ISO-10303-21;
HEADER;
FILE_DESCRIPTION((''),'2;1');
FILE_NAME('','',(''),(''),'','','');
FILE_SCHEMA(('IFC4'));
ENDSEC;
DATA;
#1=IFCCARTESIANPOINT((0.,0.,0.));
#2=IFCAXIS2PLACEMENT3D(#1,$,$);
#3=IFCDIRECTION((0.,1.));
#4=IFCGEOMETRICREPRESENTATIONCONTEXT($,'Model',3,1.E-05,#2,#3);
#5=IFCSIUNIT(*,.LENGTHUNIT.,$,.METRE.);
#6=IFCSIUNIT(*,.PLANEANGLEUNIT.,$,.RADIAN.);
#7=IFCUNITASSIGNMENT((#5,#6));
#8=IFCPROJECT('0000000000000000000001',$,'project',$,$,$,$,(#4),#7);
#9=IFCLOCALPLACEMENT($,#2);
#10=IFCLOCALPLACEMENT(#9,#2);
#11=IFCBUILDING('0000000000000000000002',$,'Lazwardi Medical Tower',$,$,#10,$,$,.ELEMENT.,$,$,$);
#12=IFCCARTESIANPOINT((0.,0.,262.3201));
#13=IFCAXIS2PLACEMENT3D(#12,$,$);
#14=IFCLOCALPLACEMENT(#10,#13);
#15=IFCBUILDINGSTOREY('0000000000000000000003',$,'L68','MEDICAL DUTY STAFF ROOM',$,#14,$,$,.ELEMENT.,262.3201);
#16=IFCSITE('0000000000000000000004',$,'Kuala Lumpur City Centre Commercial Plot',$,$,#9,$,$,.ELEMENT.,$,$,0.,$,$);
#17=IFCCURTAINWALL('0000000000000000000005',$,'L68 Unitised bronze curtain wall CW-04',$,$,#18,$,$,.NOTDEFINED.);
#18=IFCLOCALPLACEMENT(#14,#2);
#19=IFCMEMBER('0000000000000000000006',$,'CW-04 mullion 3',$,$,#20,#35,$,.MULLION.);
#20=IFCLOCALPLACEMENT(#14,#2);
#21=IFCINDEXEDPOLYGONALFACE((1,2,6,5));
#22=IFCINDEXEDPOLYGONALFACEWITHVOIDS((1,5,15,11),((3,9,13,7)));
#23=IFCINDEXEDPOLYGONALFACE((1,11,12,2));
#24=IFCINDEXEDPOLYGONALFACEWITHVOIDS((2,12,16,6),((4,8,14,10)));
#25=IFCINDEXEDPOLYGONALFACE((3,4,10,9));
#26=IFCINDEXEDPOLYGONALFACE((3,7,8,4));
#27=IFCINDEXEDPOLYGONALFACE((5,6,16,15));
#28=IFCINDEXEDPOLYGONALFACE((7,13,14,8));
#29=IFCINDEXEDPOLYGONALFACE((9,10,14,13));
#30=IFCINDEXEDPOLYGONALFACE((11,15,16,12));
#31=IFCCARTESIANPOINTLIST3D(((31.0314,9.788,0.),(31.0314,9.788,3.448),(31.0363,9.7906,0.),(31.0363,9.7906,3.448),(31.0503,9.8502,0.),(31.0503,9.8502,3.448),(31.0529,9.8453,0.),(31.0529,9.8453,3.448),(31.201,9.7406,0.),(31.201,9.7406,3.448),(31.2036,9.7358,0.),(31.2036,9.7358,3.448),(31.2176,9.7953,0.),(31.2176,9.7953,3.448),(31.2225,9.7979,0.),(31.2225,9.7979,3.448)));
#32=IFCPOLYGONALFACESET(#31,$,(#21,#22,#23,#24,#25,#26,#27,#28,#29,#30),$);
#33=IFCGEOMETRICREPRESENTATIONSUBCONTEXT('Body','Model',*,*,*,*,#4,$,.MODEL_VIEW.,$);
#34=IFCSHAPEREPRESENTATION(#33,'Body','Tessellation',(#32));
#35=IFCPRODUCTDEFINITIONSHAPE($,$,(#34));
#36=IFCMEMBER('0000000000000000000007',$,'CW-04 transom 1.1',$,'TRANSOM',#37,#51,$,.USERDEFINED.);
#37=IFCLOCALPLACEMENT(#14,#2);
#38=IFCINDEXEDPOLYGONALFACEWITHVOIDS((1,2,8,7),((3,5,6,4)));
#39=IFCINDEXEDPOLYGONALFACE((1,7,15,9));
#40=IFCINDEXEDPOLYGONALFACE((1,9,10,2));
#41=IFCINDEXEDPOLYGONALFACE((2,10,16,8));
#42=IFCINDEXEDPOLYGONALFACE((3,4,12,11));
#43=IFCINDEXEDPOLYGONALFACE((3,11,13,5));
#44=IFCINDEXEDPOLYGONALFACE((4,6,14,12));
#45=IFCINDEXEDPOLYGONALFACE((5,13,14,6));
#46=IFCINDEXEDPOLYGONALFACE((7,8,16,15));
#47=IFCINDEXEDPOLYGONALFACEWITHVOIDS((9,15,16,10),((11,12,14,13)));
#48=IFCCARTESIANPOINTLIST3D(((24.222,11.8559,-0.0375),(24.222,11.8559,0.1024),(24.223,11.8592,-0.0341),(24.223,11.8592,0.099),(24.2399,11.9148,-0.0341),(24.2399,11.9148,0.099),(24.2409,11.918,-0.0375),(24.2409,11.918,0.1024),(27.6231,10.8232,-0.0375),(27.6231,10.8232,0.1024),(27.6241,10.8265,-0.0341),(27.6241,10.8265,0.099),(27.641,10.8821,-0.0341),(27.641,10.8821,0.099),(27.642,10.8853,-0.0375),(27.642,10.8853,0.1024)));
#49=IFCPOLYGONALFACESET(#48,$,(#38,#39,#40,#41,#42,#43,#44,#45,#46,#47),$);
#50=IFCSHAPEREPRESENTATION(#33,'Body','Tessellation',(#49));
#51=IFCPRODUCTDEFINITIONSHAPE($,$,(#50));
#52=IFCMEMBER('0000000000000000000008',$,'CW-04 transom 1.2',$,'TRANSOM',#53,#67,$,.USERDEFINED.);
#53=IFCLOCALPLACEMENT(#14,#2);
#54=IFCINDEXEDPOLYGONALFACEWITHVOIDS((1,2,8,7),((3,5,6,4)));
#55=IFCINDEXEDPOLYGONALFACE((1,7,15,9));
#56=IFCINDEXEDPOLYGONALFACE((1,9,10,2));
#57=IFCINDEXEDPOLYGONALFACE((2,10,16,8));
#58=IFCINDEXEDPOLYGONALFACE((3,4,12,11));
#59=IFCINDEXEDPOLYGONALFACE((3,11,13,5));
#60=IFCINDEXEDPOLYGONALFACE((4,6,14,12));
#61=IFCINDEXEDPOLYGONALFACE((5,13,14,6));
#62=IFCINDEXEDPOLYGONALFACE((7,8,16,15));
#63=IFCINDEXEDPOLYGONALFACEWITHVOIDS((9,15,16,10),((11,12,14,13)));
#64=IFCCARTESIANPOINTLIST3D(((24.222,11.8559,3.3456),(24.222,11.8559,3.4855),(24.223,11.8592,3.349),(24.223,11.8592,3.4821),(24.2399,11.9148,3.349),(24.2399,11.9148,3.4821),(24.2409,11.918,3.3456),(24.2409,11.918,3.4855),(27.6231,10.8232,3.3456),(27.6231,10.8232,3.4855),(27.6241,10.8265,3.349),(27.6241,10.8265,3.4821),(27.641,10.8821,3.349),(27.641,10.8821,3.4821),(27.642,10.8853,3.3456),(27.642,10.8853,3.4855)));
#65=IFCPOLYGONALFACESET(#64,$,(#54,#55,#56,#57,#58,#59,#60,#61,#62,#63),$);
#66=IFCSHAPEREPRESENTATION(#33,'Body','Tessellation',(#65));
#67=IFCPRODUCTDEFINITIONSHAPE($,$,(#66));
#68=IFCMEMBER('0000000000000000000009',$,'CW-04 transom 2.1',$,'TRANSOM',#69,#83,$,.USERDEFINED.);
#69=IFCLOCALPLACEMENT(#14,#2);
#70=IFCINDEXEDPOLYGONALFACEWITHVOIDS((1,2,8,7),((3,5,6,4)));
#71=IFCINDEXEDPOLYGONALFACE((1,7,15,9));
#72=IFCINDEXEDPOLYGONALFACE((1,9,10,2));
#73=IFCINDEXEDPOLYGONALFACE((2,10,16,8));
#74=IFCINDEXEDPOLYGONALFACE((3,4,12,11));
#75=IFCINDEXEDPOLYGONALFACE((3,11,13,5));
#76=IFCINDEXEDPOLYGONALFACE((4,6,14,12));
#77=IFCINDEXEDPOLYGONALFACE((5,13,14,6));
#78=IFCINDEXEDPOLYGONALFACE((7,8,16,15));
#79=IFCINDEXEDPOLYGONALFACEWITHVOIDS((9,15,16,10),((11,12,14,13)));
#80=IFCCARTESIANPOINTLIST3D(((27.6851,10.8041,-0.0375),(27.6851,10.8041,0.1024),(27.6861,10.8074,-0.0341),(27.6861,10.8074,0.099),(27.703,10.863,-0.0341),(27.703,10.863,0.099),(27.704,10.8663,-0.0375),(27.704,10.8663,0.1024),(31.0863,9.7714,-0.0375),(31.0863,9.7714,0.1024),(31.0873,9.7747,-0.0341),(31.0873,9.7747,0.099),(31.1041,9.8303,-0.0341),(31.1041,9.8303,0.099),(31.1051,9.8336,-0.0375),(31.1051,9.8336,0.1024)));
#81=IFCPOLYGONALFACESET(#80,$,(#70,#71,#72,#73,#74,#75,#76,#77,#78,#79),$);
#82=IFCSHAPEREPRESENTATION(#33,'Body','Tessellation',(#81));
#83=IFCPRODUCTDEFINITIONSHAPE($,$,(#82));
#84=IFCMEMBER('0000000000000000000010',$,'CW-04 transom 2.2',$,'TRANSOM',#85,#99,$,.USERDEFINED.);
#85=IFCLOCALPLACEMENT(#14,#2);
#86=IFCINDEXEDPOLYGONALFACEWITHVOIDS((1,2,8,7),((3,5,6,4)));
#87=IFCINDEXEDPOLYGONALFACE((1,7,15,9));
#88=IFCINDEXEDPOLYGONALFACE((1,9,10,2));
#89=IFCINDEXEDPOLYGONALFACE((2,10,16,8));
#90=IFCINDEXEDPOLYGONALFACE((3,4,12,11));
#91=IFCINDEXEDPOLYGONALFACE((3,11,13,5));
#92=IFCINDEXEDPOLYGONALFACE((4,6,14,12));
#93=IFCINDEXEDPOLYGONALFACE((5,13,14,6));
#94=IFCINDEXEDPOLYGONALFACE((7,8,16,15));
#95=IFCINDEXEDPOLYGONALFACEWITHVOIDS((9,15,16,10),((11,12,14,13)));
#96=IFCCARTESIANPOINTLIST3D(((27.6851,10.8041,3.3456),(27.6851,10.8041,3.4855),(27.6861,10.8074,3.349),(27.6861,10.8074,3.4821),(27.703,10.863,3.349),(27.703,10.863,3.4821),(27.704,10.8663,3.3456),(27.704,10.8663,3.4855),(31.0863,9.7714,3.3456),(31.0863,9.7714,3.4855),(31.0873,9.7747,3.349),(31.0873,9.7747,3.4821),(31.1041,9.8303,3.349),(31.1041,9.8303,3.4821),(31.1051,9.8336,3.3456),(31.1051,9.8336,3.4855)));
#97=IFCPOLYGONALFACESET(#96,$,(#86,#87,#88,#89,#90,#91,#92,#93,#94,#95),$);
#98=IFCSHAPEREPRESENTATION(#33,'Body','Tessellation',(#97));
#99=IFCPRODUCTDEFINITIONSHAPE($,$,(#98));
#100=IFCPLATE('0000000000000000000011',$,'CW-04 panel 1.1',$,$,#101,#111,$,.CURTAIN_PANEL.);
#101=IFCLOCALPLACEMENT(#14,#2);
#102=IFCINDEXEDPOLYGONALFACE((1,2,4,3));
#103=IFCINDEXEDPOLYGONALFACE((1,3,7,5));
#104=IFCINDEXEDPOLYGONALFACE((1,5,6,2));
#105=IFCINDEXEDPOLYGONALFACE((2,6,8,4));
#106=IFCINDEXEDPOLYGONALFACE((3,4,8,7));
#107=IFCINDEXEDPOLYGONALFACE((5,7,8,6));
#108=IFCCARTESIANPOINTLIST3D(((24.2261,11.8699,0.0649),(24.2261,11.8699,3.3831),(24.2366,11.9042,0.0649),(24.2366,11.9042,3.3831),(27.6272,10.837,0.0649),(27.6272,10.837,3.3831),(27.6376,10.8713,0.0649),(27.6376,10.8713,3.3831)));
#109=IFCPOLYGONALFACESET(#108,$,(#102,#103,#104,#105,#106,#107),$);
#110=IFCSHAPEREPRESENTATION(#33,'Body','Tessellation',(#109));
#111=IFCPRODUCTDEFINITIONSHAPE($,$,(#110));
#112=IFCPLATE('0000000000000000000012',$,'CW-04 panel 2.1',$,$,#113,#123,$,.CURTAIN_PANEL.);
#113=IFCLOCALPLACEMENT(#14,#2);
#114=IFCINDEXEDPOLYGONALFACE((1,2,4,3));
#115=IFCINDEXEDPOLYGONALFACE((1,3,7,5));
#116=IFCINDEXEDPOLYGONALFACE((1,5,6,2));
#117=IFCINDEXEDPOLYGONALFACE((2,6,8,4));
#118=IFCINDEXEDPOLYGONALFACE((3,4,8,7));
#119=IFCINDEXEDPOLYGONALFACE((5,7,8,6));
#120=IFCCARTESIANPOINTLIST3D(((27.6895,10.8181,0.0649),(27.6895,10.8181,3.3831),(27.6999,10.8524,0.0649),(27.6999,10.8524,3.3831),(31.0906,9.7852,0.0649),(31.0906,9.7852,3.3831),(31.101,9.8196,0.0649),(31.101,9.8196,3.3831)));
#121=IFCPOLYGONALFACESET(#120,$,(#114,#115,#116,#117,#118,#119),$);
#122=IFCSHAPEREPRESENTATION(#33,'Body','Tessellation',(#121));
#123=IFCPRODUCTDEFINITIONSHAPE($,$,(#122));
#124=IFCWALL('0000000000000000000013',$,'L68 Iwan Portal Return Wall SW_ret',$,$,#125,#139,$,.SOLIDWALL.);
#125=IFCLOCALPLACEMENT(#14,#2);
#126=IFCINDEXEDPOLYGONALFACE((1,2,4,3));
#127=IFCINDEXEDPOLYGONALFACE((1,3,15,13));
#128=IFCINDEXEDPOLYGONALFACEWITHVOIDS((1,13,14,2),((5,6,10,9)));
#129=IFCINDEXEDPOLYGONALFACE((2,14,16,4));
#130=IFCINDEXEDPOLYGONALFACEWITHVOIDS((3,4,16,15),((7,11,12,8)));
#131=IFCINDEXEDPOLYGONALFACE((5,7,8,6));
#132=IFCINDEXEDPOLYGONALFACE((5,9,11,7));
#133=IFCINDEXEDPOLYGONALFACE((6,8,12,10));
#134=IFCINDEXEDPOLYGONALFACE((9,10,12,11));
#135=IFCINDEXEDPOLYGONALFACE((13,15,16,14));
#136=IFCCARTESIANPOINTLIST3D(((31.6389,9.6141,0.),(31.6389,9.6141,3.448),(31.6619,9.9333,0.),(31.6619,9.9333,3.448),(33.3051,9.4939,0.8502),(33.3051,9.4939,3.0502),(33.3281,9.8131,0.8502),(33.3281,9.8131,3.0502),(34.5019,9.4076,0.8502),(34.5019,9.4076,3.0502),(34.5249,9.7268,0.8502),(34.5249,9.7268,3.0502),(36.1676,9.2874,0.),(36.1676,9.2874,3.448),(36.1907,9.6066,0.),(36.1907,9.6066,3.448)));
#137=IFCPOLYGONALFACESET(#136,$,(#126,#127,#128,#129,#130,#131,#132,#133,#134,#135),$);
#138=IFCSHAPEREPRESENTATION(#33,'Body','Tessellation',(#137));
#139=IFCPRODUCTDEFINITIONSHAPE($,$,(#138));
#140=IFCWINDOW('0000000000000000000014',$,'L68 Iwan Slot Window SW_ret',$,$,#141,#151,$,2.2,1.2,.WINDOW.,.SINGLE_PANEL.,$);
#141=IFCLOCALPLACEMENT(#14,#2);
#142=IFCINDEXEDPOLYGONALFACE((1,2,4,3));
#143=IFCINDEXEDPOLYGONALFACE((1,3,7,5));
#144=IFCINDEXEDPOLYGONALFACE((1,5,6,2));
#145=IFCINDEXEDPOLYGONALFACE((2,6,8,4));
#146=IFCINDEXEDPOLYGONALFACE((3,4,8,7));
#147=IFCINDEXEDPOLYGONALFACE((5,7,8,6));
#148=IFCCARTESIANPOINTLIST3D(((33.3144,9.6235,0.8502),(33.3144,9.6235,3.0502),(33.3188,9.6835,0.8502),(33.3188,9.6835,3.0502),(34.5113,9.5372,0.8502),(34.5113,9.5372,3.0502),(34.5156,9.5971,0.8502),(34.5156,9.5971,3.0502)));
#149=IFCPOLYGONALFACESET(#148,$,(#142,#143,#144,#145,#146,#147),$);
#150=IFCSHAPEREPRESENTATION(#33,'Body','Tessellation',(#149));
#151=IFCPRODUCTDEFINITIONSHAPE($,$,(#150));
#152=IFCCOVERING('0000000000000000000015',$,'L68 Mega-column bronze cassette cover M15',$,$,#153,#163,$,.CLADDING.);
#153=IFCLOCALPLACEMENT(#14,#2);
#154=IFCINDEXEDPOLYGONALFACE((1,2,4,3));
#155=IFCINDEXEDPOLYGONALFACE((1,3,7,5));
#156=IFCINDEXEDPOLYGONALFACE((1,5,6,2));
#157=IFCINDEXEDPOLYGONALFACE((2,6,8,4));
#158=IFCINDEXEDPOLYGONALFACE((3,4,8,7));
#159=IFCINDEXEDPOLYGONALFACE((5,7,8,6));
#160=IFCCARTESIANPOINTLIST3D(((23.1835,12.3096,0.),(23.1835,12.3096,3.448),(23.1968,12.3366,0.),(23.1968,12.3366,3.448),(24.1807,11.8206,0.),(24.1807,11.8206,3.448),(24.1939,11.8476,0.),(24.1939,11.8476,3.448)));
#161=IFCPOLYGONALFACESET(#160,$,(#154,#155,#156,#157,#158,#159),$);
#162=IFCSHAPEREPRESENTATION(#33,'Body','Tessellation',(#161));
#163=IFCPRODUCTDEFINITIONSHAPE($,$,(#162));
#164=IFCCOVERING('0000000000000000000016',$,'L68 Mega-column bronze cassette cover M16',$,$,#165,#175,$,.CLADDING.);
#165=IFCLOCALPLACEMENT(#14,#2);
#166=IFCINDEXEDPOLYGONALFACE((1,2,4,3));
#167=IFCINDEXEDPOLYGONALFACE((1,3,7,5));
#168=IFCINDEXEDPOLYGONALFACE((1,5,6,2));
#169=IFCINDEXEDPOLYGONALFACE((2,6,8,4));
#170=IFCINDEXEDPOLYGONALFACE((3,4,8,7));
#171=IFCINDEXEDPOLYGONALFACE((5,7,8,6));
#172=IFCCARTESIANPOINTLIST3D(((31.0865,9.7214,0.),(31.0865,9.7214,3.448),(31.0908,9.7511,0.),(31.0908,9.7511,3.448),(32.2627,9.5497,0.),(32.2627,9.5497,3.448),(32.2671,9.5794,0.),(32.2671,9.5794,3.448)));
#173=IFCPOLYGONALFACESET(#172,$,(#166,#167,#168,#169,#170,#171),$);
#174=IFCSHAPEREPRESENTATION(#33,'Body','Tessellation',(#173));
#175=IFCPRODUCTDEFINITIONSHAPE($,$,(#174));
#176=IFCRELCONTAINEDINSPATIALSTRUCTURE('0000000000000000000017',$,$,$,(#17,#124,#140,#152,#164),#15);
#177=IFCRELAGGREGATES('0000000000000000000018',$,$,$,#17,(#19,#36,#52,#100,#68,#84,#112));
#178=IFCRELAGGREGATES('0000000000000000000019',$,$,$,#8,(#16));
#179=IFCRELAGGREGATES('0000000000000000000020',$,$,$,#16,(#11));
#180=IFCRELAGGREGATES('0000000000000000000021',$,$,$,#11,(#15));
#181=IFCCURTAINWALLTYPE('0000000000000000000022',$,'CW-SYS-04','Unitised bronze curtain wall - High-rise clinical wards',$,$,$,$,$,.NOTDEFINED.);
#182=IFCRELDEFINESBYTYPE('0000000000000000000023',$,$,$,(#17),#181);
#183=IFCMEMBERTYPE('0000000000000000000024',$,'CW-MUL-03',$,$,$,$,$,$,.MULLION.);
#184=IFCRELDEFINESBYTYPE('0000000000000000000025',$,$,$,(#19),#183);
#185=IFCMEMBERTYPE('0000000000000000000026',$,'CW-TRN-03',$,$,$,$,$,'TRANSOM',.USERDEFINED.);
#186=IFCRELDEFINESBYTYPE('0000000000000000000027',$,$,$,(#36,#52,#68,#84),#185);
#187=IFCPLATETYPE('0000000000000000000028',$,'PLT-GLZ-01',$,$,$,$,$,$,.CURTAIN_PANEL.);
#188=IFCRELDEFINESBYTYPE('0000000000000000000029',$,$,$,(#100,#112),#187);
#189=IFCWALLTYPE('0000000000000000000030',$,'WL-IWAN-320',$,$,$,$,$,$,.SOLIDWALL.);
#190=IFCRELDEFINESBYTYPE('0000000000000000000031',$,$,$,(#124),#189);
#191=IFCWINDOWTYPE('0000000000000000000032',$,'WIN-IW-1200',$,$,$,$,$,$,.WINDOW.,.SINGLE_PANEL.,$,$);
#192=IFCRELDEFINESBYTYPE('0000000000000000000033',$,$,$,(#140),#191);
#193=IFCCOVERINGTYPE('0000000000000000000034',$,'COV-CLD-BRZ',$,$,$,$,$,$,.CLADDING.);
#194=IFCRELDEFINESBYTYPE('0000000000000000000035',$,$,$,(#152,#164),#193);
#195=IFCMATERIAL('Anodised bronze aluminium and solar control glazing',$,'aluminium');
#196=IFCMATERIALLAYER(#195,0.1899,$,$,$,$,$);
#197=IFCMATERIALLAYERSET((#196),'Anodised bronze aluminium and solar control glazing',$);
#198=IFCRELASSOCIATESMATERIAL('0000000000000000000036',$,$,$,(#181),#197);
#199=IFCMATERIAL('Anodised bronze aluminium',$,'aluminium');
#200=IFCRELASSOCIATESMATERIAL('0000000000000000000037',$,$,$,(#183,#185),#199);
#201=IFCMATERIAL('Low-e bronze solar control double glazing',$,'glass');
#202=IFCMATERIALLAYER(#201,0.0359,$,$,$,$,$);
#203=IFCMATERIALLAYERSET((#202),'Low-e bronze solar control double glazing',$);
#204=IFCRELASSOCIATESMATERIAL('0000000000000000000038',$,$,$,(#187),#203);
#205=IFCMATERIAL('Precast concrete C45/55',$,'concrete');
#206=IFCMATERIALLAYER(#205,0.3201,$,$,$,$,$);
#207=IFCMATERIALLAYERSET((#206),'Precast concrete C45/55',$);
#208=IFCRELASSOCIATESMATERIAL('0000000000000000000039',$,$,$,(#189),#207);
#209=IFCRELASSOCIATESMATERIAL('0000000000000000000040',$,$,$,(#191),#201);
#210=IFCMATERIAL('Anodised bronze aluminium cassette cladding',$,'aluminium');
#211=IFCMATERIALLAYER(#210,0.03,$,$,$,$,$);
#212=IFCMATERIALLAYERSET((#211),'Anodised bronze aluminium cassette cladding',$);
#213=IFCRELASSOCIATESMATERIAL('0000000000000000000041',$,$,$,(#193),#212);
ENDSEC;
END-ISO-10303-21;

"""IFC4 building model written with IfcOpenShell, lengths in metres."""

from ifc_helpers import new_model, si_unit, direction, frame, frame_2d, origin, origin_2d, place, context, subcontext, project, spatial, rectangle, hollow_rectangle, extrude, material, layer, layer_set, material_profile, profile_set, type_object, element, fill, aggregate, save


model = new_model("IFC4")

# Units and contexts
model_context = context("Model", 3, precision=1e-05, world=origin(), true_north=direction((0.0, 1.0)))
body_context = subcontext(model_context, "Body", "Model", "MODEL_VIEW")
ifc_project = project(units=[si_unit("LENGTHUNIT", "METRE"), si_unit("PLANEANGLEUNIT", "RADIAN")], contexts=[model_context])

# Site, building, storey
site_placement = place(None, origin())
site = spatial("IfcSite", under=ifc_project, at=site_placement, Name="Kuala Lumpur City Centre Commercial Plot", CompositionType="ELEMENT", RefElevation=0.0)
building_placement = place(site_placement, origin())
building = spatial("IfcBuilding", under=site, at=building_placement, Name="Lazwardi Medical Tower", CompositionType="ELEMENT")
storey_placement = place(building_placement, frame((0.0, 0.0, 262.3201)))
storey = spatial("IfcBuildingStorey", under=building, at=storey_placement, Name="L68", Description="MEDICAL DUTY STAFF ROOM", CompositionType="ELEMENT", Elevation=262.3201)

# Shared definitions
ifc_material_1 = material(Name="Anodised bronze aluminium and solar control glazing", Category="aluminium")
ifc_layer_1 = layer(ifc_material_1, 0.1899)
ifc_layer_set_1 = layer_set([ifc_layer_1], Name="Anodised bronze aluminium and solar control glazing")
curtain_wall_type = type_object("IfcCurtainWallType", Name="CW-SYS-04", Description="Unitised bronze curtain wall - High-rise clinical wards", PredefinedType="NOTDEFINED", material=ifc_layer_set_1)
ifc_material_2 = material(Name="Anodised bronze aluminium", Category="aluminium")
ifc_material_profile_1 = material_profile(ifc_material_2, hollow_rectangle(XDim=0.0649, YDim=0.1799, WallThickness=0.0039, at=origin_2d()), Name="ALU-MULLION 180x65x4")
ifc_profile_set_1 = profile_set([ifc_material_profile_1], Name="Anodised bronze aluminium")
member_type_1 = type_object("IfcMemberType", Name="CW-MUL-03", PredefinedType="MULLION", material=ifc_profile_set_1)

# Curtain wall, members, plates
curtain_wall_1_placement = place(storey_placement, origin())
curtain_wall_1 = element("IfcCurtainWall", 1, at=curtain_wall_1_placement, inside=storey, type_object=curtain_wall_type, Name="L68 Unitised bronze curtain wall CW-04", PredefinedType="NOTDEFINED")
member_1_placement = place(storey_placement, frame((31.127, 9.793, 0.0), z_axis=(0.0, 0.0, 1.0), x_axis=(0.290582, 0.95685, 0.0)))
member_1 = element("IfcMember", 2, at=member_1_placement, type_object=member_type_1, Name="CW-04 mullion 3", PredefinedType="MULLION", context=body_context, shape_type="SweptSolid", body=[
    extrude(hollow_rectangle(XDim=0.0649, YDim=0.1799, WallThickness=0.0039, at=origin_2d()), origin(), (0.0, 0.0, 1.0), 3.448),
])
ifc_material_profile_2 = material_profile(ifc_material_2, hollow_rectangle(XDim=0.0649, YDim=0.1399, WallThickness=0.0034, at=origin_2d()), Name="ALU-TRANSOM 140x65x3.5")
ifc_profile_set_2 = profile_set([ifc_material_profile_2], Name="Anodised bronze aluminium")
member_type_2 = type_object("IfcMemberType", Name="CW-TRN-03", ElementType="TRANSOM", PredefinedType="USERDEFINED", material=ifc_profile_set_2)
member_2_placement = place(storey_placement, frame((24.2314, 11.887, 0.0325), z_axis=(0.956863, -0.290541, 0.0), x_axis=(0.290541, 0.956863, 0.0)))
member_2 = element("IfcMember", 3, at=member_2_placement, type_object=member_type_2, Name="CW-04 transom 1.1", ObjectType="TRANSOM", PredefinedType="USERDEFINED", context=body_context, shape_type="SweptSolid", body=[
    extrude(hollow_rectangle(XDim=0.0649, YDim=0.1399, WallThickness=0.0034, at=origin_2d()), origin(), (0.0, 0.0, 1.0), 3.5544),
])
member_3_placement = place(storey_placement, frame((24.2314, 11.887, 3.4155), z_axis=(0.956863, -0.290541, 0.0), x_axis=(0.290541, 0.956863, 0.0)))
member_3 = element("IfcMember", 4, at=member_3_placement, type_object=member_type_2, Name="CW-04 transom 1.2", ObjectType="TRANSOM", PredefinedType="USERDEFINED", context=body_context, shape_type="SweptSolid", body=[
    extrude(hollow_rectangle(XDim=0.0649, YDim=0.1399, WallThickness=0.0034, at=origin_2d()), origin(), (0.0, 0.0, 1.0), 3.5544),
])
member_4_placement = place(storey_placement, frame((27.6946, 10.8352, 0.0325), z_axis=(0.956863, -0.290541, 0.0), x_axis=(0.290541, 0.956863, 0.0)))
member_4 = element("IfcMember", 5, at=member_4_placement, type_object=member_type_2, Name="CW-04 transom 2.1", ObjectType="TRANSOM", PredefinedType="USERDEFINED", context=body_context, shape_type="SweptSolid", body=[
    extrude(hollow_rectangle(XDim=0.0649, YDim=0.1399, WallThickness=0.0034, at=origin_2d()), origin(), (0.0, 0.0, 1.0), 3.5544),
])
member_5_placement = place(storey_placement, frame((27.6946, 10.8352, 3.4155), z_axis=(0.956863, -0.290541, 0.0), x_axis=(0.290541, 0.956863, 0.0)))
member_5 = element("IfcMember", 6, at=member_5_placement, type_object=member_type_2, Name="CW-04 transom 2.2", ObjectType="TRANSOM", PredefinedType="USERDEFINED", context=body_context, shape_type="SweptSolid", body=[
    extrude(hollow_rectangle(XDim=0.0649, YDim=0.1399, WallThickness=0.0034, at=origin_2d()), origin(), (0.0, 0.0, 1.0), 3.5544),
])
ifc_material_3 = material(Name="Low-e bronze solar control double glazing", Category="glass")
ifc_layer_2 = layer(ifc_material_3, 0.0359)
ifc_layer_set_2 = layer_set([ifc_layer_2], Name="Low-e bronze solar control double glazing")
plate_type = type_object("IfcPlateType", Name="PLT-GLZ-01", PredefinedType="CURTAIN_PANEL", material=ifc_layer_set_2)
plate_1_placement = place(storey_placement, frame((25.9319, 11.3706, 0.0649), z_axis=(0.0, 0.0, 1.0), x_axis=(0.95685, -0.290582, 0.0)))
plate_1 = element("IfcPlate", 7, at=plate_1_placement, type_object=plate_type, Name="CW-04 panel 1.1", PredefinedType="CURTAIN_PANEL", context=body_context, shape_type="SweptSolid", body=[
    extrude(rectangle(XDim=3.5544, YDim=0.0359, at=origin_2d()), origin(), (0.0, 0.0, 1.0), 3.3181),
])
plate_2_placement = place(storey_placement, frame((29.3953, 10.3188, 0.0649), z_axis=(0.0, 0.0, 1.0), x_axis=(0.95685, -0.290582, 0.0)))
plate_2 = element("IfcPlate", 8, at=plate_2_placement, type_object=plate_type, Name="CW-04 panel 2.1", PredefinedType="CURTAIN_PANEL", context=body_context, shape_type="SweptSolid", body=[
    extrude(rectangle(XDim=3.5544, YDim=0.0359, at=origin_2d()), origin(), (0.0, 0.0, 1.0), 3.3181),
])
aggregate(curtain_wall_1, [member_1, member_2, member_3, plate_1, member_4, member_5, plate_2])

# Wall, opening, window
ifc_material_4 = material(Name="Precast concrete C45/55", Category="concrete")
ifc_layer_3 = layer(ifc_material_4, 0.3201)
ifc_layer_set_3 = layer_set([ifc_layer_3], Name="Precast concrete C45/55")
wall_type = type_object("IfcWallType", Name="WL-IWAN-320", PredefinedType="SOLIDWALL", material=ifc_layer_set_3)
wall_placement = place(storey_placement, frame((31.6504, 9.7737, 0.0), z_axis=(0.0, 0.0, 1.0), x_axis=(0.997409, -0.071942, 0.0)))
wall = element("IfcWall", 9, at=wall_placement, inside=storey, type_object=wall_type, Name="L68 Iwan Portal Return Wall SW_ret", PredefinedType="SOLIDWALL", context=body_context, shape_type="SweptSolid", body=[
    extrude(rectangle(XDim=4.5405, YDim=0.3201, at=frame_2d((2.2703, 0.0))), origin(), (0.0, 0.0, 1.0), 3.448),
])
opening_placement = place(wall_placement, frame((1.6704, 0.0, 0.8501)))
opening = element("IfcOpeningElement", 10, at=opening_placement, cuts=wall, PredefinedType="OPENING", context=body_context, shape_type="SweptSolid", body=[
    extrude(rectangle(XDim=1.2, YDim=2.2, at=frame_2d((0.6001, 1.1001))), frame((0.0, 0.1699, 0.0), z_axis=(0.0, -1.0, 0.0), x_axis=(1.0, 0.0, 0.0)), (0.0, 0.0, 1.0), 0.3401),
])
window_type = type_object("IfcWindowType", Name="WIN-IW-1200", PartitioningType="SINGLE_PANEL", PredefinedType="WINDOW", material=ifc_material_3)
window_placement = place(opening_placement, origin())
window = element("IfcWindow", 11, at=window_placement, inside=storey, type_object=window_type, Name="L68 Iwan Slot Window SW_ret", OverallHeight=2.2, OverallWidth=1.2, PartitioningType="SINGLE_PANEL", PredefinedType="WINDOW", context=body_context, shape_type="SweptSolid", body=[
    extrude(rectangle(XDim=1.2, YDim=2.2, at=frame_2d((0.6001, 1.1001))), frame((0.0, 0.03, 0.0), z_axis=(0.0, -1.0, 0.0), x_axis=(1.0, 0.0, 0.0)), (0.0, 0.0, 1.0), 0.0601),
])
fill(opening, window)

# Coverings
ifc_material_5 = material(Name="Anodised bronze aluminium cassette cladding", Category="aluminium")
ifc_layer_4 = layer(ifc_material_5, 0.03)
ifc_layer_set_4 = layer_set([ifc_layer_4], Name="Anodised bronze aluminium cassette cladding")
covering_type_1 = type_object("IfcCoveringType", Name="COV-CLD-BRZ", PredefinedType="CLADDING", material=ifc_layer_set_4)
covering_1_placement = place(storey_placement, frame((23.6887, 12.0786, 0.0), z_axis=(0.0, 0.0, 1.0), x_axis=(0.89784, -0.440322, 0.0)))
element("IfcCovering", 12, at=covering_1_placement, inside=storey, type_object=covering_type_1, Name="L68 Mega-column bronze cassette cover M15", PredefinedType="CLADDING", context=body_context, shape_type="SweptSolid", body=[
    extrude(rectangle(XDim=1.1106, YDim=0.03, at=origin_2d()), origin(), (0.0, 0.0, 1.0), 3.448),
])
covering_2_placement = place(storey_placement, frame((31.6768, 9.6504, 0.0), z_axis=(0.0, 0.0, 1.0), x_axis=(0.989512, -0.144448, 0.0)))
element("IfcCovering", 13, at=covering_2_placement, inside=storey, type_object=covering_type_1, Name="L68 Mega-column bronze cassette cover M16", PredefinedType="CLADDING", context=body_context, shape_type="SweptSolid", body=[
    extrude(rectangle(XDim=1.1887, YDim=0.03, at=origin_2d()), origin(), (0.0, 0.0, 1.0), 3.448),
])

save(model, "model.ifc")
